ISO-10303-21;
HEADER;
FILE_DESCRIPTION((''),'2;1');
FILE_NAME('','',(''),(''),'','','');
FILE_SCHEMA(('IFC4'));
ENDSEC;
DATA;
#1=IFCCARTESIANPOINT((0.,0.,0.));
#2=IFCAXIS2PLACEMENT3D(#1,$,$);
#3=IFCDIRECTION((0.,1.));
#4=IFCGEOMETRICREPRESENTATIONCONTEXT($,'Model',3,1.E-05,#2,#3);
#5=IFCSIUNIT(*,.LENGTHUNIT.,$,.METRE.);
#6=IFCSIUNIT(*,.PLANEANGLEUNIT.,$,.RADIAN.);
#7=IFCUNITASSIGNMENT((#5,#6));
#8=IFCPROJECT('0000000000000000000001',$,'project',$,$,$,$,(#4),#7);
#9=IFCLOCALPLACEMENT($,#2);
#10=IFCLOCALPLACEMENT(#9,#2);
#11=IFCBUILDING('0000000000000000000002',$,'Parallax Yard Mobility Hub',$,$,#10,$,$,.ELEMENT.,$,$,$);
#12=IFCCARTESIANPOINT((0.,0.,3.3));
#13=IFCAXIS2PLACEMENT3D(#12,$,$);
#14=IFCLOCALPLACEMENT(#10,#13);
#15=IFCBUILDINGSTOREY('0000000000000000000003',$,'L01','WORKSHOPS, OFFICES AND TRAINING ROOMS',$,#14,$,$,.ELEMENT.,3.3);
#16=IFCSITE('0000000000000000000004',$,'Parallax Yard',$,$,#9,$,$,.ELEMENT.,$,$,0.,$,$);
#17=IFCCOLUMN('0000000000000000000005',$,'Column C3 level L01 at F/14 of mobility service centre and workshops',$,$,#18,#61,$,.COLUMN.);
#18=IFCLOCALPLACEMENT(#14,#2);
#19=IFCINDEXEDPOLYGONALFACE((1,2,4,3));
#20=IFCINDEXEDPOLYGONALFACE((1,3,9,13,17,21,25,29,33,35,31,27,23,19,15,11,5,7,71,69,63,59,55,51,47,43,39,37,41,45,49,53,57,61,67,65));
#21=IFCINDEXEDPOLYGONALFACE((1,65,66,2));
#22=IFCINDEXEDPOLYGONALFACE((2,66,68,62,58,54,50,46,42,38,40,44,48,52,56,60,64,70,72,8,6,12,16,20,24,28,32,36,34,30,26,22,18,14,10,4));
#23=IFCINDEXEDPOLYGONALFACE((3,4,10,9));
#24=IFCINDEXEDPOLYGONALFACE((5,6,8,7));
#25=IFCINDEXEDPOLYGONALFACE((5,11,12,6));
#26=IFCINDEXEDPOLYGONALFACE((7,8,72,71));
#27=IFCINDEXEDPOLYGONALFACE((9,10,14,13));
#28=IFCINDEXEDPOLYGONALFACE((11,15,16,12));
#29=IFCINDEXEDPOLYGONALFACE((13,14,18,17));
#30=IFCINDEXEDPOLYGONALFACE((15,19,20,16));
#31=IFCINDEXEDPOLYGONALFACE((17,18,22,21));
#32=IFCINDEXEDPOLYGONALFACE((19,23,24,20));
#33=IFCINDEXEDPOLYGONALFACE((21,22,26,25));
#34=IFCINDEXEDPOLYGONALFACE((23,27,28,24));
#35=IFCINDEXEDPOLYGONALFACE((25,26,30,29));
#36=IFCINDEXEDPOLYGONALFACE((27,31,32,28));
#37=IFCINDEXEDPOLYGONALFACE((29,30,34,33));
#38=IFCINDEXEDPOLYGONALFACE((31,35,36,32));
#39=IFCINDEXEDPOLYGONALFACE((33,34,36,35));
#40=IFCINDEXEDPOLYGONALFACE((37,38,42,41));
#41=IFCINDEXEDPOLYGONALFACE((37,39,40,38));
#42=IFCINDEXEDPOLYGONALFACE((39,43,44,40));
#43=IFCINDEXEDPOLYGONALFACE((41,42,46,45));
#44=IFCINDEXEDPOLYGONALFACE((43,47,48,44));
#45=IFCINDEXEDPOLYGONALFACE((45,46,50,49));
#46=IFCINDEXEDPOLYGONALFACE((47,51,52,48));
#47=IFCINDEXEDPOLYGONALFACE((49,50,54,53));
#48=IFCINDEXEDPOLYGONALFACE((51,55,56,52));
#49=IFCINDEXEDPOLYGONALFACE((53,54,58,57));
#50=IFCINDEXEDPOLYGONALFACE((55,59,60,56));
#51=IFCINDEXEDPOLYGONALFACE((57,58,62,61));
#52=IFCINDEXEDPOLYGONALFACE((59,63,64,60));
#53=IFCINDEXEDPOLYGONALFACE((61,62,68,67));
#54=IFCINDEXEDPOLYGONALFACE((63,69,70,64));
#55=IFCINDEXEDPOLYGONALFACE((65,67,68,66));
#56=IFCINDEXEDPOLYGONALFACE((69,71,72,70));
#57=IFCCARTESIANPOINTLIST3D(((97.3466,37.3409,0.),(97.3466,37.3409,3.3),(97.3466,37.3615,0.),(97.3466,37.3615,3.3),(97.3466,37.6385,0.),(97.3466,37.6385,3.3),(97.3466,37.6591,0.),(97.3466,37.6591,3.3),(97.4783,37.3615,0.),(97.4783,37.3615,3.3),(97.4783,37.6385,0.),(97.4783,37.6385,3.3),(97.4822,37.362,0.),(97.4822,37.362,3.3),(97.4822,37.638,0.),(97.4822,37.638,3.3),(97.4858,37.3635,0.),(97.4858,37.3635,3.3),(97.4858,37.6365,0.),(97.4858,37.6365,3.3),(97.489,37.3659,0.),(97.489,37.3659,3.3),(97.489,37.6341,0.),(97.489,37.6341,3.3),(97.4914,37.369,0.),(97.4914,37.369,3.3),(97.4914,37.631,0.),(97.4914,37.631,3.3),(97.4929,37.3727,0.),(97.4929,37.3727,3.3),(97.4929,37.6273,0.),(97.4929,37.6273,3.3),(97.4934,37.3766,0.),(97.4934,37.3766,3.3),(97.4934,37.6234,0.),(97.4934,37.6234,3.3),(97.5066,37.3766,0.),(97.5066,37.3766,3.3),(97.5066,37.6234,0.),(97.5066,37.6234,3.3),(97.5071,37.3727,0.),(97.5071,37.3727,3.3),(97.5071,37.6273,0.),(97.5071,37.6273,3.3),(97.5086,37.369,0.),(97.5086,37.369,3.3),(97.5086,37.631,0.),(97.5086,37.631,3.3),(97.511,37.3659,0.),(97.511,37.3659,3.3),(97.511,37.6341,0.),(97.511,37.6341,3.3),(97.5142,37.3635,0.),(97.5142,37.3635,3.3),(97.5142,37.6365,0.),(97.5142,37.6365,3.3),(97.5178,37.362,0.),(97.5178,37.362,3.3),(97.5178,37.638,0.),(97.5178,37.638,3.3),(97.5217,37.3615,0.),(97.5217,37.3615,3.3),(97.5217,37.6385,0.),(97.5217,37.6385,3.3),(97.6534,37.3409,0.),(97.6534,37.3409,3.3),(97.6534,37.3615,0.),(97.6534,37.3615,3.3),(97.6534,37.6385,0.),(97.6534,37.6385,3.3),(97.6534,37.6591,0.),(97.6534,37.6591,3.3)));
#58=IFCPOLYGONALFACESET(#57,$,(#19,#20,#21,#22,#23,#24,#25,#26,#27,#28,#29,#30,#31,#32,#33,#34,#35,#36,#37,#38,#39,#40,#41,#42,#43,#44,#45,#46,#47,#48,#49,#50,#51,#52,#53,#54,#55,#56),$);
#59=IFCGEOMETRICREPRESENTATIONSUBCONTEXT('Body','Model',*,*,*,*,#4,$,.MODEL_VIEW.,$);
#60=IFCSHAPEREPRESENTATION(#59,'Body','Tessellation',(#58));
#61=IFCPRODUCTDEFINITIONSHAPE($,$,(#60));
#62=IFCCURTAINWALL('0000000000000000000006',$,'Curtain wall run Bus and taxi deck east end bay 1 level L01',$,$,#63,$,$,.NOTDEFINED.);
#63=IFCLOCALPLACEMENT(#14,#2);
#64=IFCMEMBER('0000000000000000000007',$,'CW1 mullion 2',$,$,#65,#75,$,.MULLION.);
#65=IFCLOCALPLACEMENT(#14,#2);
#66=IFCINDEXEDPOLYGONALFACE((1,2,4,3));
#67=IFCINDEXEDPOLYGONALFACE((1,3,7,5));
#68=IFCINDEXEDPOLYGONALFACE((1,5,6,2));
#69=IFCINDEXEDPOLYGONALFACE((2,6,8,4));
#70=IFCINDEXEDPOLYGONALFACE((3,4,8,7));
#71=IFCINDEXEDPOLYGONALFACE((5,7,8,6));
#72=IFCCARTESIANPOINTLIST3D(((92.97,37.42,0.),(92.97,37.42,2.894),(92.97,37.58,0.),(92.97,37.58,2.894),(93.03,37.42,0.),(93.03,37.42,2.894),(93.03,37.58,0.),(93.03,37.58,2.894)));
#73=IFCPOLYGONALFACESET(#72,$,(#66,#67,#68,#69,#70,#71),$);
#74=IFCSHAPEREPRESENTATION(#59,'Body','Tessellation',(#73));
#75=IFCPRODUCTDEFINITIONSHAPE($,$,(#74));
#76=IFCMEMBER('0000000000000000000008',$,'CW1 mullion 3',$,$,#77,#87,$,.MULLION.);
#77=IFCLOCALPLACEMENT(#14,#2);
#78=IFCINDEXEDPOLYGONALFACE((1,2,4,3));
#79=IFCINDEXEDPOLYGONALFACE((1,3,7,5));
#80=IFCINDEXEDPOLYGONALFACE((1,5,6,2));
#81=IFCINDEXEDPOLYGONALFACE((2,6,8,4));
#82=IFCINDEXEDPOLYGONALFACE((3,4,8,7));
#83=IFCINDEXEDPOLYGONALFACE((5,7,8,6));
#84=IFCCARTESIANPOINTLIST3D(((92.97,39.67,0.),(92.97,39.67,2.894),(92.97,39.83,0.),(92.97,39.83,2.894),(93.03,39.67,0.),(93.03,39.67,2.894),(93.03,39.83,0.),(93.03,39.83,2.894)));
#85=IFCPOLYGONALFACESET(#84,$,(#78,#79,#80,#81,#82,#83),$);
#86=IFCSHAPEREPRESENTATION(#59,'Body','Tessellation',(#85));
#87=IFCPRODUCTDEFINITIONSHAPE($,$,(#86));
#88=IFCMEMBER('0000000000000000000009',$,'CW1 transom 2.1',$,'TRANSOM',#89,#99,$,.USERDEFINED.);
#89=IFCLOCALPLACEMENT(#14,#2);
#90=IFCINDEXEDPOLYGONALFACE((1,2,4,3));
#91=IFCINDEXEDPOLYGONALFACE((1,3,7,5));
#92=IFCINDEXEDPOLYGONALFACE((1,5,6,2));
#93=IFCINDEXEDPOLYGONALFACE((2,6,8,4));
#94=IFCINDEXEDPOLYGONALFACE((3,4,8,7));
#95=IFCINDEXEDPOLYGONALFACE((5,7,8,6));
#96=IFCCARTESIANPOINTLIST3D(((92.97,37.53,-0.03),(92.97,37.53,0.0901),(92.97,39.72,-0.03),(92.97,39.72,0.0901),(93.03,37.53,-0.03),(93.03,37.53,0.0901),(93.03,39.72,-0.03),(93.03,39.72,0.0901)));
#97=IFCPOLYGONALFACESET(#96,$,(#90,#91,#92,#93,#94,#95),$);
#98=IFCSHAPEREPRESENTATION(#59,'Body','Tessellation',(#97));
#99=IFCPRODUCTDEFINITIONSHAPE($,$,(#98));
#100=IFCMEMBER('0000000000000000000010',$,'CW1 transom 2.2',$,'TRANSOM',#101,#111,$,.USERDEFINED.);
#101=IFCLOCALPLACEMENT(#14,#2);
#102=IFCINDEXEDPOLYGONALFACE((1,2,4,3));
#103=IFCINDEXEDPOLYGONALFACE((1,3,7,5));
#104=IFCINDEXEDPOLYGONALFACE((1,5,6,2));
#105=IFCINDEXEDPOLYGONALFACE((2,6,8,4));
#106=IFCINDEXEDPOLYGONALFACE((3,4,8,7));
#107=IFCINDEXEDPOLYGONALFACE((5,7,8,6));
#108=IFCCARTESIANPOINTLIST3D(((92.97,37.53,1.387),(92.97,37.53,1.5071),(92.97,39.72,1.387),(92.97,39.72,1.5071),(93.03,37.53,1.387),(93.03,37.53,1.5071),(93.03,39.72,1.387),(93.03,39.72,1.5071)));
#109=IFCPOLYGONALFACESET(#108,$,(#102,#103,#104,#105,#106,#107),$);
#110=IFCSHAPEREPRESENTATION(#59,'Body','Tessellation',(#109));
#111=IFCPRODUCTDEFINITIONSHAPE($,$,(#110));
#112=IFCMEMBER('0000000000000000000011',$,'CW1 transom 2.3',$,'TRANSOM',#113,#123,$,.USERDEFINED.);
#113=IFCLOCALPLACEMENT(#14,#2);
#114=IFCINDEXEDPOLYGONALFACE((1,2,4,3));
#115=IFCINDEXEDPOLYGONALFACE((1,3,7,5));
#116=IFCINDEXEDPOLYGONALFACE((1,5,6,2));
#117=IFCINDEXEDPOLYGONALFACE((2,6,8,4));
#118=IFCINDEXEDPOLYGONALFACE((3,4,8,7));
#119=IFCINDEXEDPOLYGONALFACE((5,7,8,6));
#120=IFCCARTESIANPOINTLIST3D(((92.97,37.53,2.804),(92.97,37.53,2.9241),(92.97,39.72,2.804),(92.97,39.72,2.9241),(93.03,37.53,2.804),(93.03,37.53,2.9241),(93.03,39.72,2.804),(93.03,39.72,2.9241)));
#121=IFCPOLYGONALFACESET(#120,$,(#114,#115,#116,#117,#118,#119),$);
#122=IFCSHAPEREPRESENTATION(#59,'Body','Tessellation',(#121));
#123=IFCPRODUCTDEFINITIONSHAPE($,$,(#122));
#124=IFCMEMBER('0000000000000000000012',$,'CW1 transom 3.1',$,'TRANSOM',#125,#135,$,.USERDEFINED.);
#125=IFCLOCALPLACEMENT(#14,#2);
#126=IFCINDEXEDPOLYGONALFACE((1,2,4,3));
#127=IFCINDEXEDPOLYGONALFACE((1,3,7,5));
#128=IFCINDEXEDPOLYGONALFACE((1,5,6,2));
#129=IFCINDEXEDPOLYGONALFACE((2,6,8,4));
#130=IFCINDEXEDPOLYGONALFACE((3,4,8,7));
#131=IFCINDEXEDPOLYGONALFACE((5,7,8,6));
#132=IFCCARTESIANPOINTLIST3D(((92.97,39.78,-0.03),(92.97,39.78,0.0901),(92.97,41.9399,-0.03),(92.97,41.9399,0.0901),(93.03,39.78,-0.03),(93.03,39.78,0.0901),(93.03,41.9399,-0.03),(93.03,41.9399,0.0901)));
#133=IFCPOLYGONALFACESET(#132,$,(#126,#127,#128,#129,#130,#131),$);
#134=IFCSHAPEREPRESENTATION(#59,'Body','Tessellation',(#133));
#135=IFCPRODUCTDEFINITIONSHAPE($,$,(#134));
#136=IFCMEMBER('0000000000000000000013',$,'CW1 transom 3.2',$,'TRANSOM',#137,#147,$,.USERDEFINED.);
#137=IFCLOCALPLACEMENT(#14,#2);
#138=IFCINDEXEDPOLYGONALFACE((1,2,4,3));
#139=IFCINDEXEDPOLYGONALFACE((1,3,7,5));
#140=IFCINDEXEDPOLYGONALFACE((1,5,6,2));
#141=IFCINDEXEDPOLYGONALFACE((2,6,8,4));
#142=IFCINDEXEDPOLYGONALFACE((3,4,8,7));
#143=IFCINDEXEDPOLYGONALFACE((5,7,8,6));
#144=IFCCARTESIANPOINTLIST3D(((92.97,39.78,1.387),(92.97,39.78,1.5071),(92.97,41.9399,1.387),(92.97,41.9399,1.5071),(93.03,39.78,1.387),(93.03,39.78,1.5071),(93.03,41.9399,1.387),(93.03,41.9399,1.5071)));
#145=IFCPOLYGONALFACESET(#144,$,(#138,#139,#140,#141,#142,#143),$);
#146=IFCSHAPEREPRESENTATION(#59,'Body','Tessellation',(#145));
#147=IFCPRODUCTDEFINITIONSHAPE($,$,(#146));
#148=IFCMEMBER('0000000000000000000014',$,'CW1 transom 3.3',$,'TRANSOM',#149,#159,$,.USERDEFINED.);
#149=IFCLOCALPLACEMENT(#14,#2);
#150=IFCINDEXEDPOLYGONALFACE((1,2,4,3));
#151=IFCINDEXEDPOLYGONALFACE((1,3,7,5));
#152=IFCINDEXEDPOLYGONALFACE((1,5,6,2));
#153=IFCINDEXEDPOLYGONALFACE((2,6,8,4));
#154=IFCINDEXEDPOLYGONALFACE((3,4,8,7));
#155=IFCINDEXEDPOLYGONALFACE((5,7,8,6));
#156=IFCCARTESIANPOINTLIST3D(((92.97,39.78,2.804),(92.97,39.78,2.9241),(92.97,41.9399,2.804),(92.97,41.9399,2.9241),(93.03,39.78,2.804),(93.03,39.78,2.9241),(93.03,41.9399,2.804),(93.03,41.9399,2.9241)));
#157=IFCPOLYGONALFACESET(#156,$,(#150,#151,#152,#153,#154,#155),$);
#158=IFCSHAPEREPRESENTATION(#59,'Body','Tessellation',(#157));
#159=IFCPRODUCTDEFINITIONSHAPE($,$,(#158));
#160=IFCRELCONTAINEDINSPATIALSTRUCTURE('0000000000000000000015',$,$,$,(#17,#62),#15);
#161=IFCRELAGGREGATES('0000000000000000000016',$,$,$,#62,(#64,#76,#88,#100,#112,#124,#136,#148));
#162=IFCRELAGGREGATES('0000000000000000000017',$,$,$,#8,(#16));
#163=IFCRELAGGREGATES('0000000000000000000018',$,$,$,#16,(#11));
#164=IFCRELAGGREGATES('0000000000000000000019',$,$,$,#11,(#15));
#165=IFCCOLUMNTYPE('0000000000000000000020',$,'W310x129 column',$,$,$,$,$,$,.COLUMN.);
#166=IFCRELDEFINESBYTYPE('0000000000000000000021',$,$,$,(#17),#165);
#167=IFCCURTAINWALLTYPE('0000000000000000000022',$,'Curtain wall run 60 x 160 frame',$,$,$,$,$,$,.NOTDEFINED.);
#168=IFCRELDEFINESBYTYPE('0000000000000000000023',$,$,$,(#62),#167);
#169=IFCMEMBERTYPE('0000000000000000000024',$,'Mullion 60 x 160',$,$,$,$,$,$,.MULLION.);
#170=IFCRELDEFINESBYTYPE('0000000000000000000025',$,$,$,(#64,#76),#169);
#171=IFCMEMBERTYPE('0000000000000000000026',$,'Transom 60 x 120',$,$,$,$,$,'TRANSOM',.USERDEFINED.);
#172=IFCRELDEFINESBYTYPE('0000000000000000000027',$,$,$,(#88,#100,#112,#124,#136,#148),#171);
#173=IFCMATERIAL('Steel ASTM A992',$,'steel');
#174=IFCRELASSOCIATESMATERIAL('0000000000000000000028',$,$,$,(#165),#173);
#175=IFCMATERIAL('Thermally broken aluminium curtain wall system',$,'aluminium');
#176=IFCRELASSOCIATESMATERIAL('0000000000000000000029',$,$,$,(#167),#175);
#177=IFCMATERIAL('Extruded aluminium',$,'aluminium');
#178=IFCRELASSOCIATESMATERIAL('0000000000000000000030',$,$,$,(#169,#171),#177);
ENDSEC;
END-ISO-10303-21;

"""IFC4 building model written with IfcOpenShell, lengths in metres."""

from ifc_helpers import new_model, si_unit, direction, frame, origin, origin_2d, place, context, subcontext, project, spatial, rectangle, i_section, extrude, material, material_profile, profile_set, type_object, element, aggregate, save


model = new_model("IFC4")

# Units and contexts
model_context = context("Model", 3, precision=1e-05, world=origin(), true_north=direction((0.0, 1.0)))
body_context = subcontext(model_context, "Body", "Model", "MODEL_VIEW")
ifc_project = project(units=[si_unit("LENGTHUNIT", "METRE"), si_unit("PLANEANGLEUNIT", "RADIAN")], contexts=[model_context])

# Site, building, storey
site_placement = place(None, origin())
site = spatial("IfcSite", under=ifc_project, at=site_placement, Name="Parallax Yard", CompositionType="ELEMENT", RefElevation=0.0)
building_placement = place(site_placement, origin())
building = spatial("IfcBuilding", under=site, at=building_placement, Name="Parallax Yard Mobility Hub", CompositionType="ELEMENT")
storey_placement = place(building_placement, frame((0.0, 0.0, 3.3)))
storey = spatial("IfcBuildingStorey", under=building, at=storey_placement, Name="L01", Description="WORKSHOPS, OFFICES AND TRAINING ROOMS", CompositionType="ELEMENT", Elevation=3.3)

# Column
ifc_material_1 = material(Name="Steel ASTM A992", Category="steel")
ifc_material_profile_1 = material_profile(ifc_material_1, i_section(OverallWidth=0.3069, OverallDepth=0.3181, WebThickness=0.0132, FlangeThickness=0.0205, FilletRadius=0.0151, at=origin_2d()), Name="W310x129")
ifc_profile_set_1 = profile_set([ifc_material_profile_1], Name="Steel ASTM A992")
column_type = type_object("IfcColumnType", Name="W310x129 column", PredefinedType="COLUMN", material=ifc_profile_set_1)
column_placement = place(storey_placement, frame((97.5, 37.5, 0.0), z_axis=(0.0, 0.0, 1.0), x_axis=(1.0, 0.0, 0.0)))
element("IfcColumn", 1, at=column_placement, inside=storey, type_object=column_type, Name="Column C3 level L01 at F/14 of mobility service centre and workshops", PredefinedType="COLUMN", context=body_context, shape_type="SweptSolid", body=[
    extrude(i_section(OverallWidth=0.3069, OverallDepth=0.3181, WebThickness=0.0132, FlangeThickness=0.0205, FilletRadius=0.0151, at=origin_2d()), origin(), (0.0, 0.0, 1.0), 3.3),
])

# Curtain wall, members
ifc_material_2 = material(Name="Thermally broken aluminium curtain wall system", Category="aluminium")
curtain_wall_type = type_object("IfcCurtainWallType", Name="Curtain wall run 60 x 160 frame", PredefinedType="NOTDEFINED", material=ifc_material_2)
curtain_wall_placement = place(storey_placement, origin())
curtain_wall = element("IfcCurtainWall", 2, at=curtain_wall_placement, inside=storey, type_object=curtain_wall_type, Name="Curtain wall run Bus and taxi deck east end bay 1 level L01", PredefinedType="NOTDEFINED")
ifc_material_3 = material(Name="Extruded aluminium", Category="aluminium")
ifc_material_profile_2 = material_profile(ifc_material_3, rectangle(XDim=0.0601, YDim=0.1599, at=origin_2d()), Name="Mullion 60 x 160")
ifc_profile_set_2 = profile_set([ifc_material_profile_2], Name="Extruded aluminium")
member_type_1 = type_object("IfcMemberType", Name="Mullion 60 x 160", PredefinedType="MULLION", material=ifc_profile_set_2)
member_1_placement = place(storey_placement, frame((93.0, 37.5, 0.0), z_axis=(0.0, 0.0, 1.0), x_axis=(-1.0, 0.0, 0.0)))
member_1 = element("IfcMember", 3, at=member_1_placement, type_object=member_type_1, Name="CW1 mullion 2", PredefinedType="MULLION", context=body_context, shape_type="SweptSolid", body=[
    extrude(rectangle(XDim=0.0601, YDim=0.1599, at=origin_2d()), origin(), (0.0, 0.0, 1.0), 2.894),
])
member_2_placement = place(storey_placement, frame((93.0, 39.75, 0.0), z_axis=(0.0, 0.0, 1.0), x_axis=(-1.0, 0.0, 0.0)))
member_2 = element("IfcMember", 4, at=member_2_placement, type_object=member_type_1, Name="CW1 mullion 3", PredefinedType="MULLION", context=body_context, shape_type="SweptSolid", body=[
    extrude(rectangle(XDim=0.0601, YDim=0.1599, at=origin_2d()), origin(), (0.0, 0.0, 1.0), 2.894),
])
ifc_material_profile_3 = material_profile(ifc_material_3, rectangle(XDim=0.0601, YDim=0.1201, at=origin_2d()), Name="Transom 60 x 120")
ifc_profile_set_3 = profile_set([ifc_material_profile_3], Name="Extruded aluminium")
member_type_2 = type_object("IfcMemberType", Name="Transom 60 x 120", ElementType="TRANSOM", PredefinedType="USERDEFINED", material=ifc_profile_set_3)
member_3_placement = place(storey_placement, frame((93.0, 37.53, 0.03), z_axis=(0.0, 1.0, 0.0), x_axis=(-1.0, 0.0, 0.0)))
member_3 = element("IfcMember", 5, at=member_3_placement, type_object=member_type_2, Name="CW1 transom 2.1", ObjectType="TRANSOM", PredefinedType="USERDEFINED", context=body_context, shape_type="SweptSolid", body=[
    extrude(rectangle(XDim=0.0601, YDim=0.1201, at=origin_2d()), origin(), (0.0, 0.0, 1.0), 2.1899),
])
member_4_placement = place(storey_placement, frame((93.0, 37.53, 1.447), z_axis=(0.0, 1.0, 0.0), x_axis=(-1.0, 0.0, 0.0)))
member_4 = element("IfcMember", 6, at=member_4_placement, type_object=member_type_2, Name="CW1 transom 2.2", ObjectType="TRANSOM", PredefinedType="USERDEFINED", context=body_context, shape_type="SweptSolid", body=[
    extrude(rectangle(XDim=0.0601, YDim=0.1201, at=origin_2d()), origin(), (0.0, 0.0, 1.0), 2.1899),
])
member_5_placement = place(storey_placement, frame((93.0, 37.53, 2.864), z_axis=(0.0, 1.0, 0.0), x_axis=(-1.0, 0.0, 0.0)))
member_5 = element("IfcMember", 7, at=member_5_placement, type_object=member_type_2, Name="CW1 transom 2.3", ObjectType="TRANSOM", PredefinedType="USERDEFINED", context=body_context, shape_type="SweptSolid", body=[
    extrude(rectangle(XDim=0.0601, YDim=0.1201, at=origin_2d()), origin(), (0.0, 0.0, 1.0), 2.1899),
])
member_6_placement = place(storey_placement, frame((93.0, 39.78, 0.03), z_axis=(0.0, 1.0, 0.0), x_axis=(-1.0, 0.0, 0.0)))
member_6 = element("IfcMember", 8, at=member_6_placement, type_object=member_type_2, Name="CW1 transom 3.1", ObjectType="TRANSOM", PredefinedType="USERDEFINED", context=body_context, shape_type="SweptSolid", body=[
    extrude(rectangle(XDim=0.0601, YDim=0.1201, at=origin_2d()), origin(), (0.0, 0.0, 1.0), 2.1599),
])
member_7_placement = place(storey_placement, frame((93.0, 39.78, 1.447), z_axis=(0.0, 1.0, 0.0), x_axis=(-1.0, 0.0, 0.0)))
member_7 = element("IfcMember", 9, at=member_7_placement, type_object=member_type_2, Name="CW1 transom 3.2", ObjectType="TRANSOM", PredefinedType="USERDEFINED", context=body_context, shape_type="SweptSolid", body=[
    extrude(rectangle(XDim=0.0601, YDim=0.1201, at=origin_2d()), origin(), (0.0, 0.0, 1.0), 2.1599),
])
member_8_placement = place(storey_placement, frame((93.0, 39.78, 2.864), z_axis=(0.0, 1.0, 0.0), x_axis=(-1.0, 0.0, 0.0)))
member_8 = element("IfcMember", 10, at=member_8_placement, type_object=member_type_2, Name="CW1 transom 3.3", ObjectType="TRANSOM", PredefinedType="USERDEFINED", context=body_context, shape_type="SweptSolid", body=[
    extrude(rectangle(XDim=0.0601, YDim=0.1201, at=origin_2d()), origin(), (0.0, 0.0, 1.0), 2.1599),
])

aggregate(curtain_wall, [member_1, member_2, member_3, member_4, member_5, member_6, member_7, member_8])

save(model, "model.ifc")
